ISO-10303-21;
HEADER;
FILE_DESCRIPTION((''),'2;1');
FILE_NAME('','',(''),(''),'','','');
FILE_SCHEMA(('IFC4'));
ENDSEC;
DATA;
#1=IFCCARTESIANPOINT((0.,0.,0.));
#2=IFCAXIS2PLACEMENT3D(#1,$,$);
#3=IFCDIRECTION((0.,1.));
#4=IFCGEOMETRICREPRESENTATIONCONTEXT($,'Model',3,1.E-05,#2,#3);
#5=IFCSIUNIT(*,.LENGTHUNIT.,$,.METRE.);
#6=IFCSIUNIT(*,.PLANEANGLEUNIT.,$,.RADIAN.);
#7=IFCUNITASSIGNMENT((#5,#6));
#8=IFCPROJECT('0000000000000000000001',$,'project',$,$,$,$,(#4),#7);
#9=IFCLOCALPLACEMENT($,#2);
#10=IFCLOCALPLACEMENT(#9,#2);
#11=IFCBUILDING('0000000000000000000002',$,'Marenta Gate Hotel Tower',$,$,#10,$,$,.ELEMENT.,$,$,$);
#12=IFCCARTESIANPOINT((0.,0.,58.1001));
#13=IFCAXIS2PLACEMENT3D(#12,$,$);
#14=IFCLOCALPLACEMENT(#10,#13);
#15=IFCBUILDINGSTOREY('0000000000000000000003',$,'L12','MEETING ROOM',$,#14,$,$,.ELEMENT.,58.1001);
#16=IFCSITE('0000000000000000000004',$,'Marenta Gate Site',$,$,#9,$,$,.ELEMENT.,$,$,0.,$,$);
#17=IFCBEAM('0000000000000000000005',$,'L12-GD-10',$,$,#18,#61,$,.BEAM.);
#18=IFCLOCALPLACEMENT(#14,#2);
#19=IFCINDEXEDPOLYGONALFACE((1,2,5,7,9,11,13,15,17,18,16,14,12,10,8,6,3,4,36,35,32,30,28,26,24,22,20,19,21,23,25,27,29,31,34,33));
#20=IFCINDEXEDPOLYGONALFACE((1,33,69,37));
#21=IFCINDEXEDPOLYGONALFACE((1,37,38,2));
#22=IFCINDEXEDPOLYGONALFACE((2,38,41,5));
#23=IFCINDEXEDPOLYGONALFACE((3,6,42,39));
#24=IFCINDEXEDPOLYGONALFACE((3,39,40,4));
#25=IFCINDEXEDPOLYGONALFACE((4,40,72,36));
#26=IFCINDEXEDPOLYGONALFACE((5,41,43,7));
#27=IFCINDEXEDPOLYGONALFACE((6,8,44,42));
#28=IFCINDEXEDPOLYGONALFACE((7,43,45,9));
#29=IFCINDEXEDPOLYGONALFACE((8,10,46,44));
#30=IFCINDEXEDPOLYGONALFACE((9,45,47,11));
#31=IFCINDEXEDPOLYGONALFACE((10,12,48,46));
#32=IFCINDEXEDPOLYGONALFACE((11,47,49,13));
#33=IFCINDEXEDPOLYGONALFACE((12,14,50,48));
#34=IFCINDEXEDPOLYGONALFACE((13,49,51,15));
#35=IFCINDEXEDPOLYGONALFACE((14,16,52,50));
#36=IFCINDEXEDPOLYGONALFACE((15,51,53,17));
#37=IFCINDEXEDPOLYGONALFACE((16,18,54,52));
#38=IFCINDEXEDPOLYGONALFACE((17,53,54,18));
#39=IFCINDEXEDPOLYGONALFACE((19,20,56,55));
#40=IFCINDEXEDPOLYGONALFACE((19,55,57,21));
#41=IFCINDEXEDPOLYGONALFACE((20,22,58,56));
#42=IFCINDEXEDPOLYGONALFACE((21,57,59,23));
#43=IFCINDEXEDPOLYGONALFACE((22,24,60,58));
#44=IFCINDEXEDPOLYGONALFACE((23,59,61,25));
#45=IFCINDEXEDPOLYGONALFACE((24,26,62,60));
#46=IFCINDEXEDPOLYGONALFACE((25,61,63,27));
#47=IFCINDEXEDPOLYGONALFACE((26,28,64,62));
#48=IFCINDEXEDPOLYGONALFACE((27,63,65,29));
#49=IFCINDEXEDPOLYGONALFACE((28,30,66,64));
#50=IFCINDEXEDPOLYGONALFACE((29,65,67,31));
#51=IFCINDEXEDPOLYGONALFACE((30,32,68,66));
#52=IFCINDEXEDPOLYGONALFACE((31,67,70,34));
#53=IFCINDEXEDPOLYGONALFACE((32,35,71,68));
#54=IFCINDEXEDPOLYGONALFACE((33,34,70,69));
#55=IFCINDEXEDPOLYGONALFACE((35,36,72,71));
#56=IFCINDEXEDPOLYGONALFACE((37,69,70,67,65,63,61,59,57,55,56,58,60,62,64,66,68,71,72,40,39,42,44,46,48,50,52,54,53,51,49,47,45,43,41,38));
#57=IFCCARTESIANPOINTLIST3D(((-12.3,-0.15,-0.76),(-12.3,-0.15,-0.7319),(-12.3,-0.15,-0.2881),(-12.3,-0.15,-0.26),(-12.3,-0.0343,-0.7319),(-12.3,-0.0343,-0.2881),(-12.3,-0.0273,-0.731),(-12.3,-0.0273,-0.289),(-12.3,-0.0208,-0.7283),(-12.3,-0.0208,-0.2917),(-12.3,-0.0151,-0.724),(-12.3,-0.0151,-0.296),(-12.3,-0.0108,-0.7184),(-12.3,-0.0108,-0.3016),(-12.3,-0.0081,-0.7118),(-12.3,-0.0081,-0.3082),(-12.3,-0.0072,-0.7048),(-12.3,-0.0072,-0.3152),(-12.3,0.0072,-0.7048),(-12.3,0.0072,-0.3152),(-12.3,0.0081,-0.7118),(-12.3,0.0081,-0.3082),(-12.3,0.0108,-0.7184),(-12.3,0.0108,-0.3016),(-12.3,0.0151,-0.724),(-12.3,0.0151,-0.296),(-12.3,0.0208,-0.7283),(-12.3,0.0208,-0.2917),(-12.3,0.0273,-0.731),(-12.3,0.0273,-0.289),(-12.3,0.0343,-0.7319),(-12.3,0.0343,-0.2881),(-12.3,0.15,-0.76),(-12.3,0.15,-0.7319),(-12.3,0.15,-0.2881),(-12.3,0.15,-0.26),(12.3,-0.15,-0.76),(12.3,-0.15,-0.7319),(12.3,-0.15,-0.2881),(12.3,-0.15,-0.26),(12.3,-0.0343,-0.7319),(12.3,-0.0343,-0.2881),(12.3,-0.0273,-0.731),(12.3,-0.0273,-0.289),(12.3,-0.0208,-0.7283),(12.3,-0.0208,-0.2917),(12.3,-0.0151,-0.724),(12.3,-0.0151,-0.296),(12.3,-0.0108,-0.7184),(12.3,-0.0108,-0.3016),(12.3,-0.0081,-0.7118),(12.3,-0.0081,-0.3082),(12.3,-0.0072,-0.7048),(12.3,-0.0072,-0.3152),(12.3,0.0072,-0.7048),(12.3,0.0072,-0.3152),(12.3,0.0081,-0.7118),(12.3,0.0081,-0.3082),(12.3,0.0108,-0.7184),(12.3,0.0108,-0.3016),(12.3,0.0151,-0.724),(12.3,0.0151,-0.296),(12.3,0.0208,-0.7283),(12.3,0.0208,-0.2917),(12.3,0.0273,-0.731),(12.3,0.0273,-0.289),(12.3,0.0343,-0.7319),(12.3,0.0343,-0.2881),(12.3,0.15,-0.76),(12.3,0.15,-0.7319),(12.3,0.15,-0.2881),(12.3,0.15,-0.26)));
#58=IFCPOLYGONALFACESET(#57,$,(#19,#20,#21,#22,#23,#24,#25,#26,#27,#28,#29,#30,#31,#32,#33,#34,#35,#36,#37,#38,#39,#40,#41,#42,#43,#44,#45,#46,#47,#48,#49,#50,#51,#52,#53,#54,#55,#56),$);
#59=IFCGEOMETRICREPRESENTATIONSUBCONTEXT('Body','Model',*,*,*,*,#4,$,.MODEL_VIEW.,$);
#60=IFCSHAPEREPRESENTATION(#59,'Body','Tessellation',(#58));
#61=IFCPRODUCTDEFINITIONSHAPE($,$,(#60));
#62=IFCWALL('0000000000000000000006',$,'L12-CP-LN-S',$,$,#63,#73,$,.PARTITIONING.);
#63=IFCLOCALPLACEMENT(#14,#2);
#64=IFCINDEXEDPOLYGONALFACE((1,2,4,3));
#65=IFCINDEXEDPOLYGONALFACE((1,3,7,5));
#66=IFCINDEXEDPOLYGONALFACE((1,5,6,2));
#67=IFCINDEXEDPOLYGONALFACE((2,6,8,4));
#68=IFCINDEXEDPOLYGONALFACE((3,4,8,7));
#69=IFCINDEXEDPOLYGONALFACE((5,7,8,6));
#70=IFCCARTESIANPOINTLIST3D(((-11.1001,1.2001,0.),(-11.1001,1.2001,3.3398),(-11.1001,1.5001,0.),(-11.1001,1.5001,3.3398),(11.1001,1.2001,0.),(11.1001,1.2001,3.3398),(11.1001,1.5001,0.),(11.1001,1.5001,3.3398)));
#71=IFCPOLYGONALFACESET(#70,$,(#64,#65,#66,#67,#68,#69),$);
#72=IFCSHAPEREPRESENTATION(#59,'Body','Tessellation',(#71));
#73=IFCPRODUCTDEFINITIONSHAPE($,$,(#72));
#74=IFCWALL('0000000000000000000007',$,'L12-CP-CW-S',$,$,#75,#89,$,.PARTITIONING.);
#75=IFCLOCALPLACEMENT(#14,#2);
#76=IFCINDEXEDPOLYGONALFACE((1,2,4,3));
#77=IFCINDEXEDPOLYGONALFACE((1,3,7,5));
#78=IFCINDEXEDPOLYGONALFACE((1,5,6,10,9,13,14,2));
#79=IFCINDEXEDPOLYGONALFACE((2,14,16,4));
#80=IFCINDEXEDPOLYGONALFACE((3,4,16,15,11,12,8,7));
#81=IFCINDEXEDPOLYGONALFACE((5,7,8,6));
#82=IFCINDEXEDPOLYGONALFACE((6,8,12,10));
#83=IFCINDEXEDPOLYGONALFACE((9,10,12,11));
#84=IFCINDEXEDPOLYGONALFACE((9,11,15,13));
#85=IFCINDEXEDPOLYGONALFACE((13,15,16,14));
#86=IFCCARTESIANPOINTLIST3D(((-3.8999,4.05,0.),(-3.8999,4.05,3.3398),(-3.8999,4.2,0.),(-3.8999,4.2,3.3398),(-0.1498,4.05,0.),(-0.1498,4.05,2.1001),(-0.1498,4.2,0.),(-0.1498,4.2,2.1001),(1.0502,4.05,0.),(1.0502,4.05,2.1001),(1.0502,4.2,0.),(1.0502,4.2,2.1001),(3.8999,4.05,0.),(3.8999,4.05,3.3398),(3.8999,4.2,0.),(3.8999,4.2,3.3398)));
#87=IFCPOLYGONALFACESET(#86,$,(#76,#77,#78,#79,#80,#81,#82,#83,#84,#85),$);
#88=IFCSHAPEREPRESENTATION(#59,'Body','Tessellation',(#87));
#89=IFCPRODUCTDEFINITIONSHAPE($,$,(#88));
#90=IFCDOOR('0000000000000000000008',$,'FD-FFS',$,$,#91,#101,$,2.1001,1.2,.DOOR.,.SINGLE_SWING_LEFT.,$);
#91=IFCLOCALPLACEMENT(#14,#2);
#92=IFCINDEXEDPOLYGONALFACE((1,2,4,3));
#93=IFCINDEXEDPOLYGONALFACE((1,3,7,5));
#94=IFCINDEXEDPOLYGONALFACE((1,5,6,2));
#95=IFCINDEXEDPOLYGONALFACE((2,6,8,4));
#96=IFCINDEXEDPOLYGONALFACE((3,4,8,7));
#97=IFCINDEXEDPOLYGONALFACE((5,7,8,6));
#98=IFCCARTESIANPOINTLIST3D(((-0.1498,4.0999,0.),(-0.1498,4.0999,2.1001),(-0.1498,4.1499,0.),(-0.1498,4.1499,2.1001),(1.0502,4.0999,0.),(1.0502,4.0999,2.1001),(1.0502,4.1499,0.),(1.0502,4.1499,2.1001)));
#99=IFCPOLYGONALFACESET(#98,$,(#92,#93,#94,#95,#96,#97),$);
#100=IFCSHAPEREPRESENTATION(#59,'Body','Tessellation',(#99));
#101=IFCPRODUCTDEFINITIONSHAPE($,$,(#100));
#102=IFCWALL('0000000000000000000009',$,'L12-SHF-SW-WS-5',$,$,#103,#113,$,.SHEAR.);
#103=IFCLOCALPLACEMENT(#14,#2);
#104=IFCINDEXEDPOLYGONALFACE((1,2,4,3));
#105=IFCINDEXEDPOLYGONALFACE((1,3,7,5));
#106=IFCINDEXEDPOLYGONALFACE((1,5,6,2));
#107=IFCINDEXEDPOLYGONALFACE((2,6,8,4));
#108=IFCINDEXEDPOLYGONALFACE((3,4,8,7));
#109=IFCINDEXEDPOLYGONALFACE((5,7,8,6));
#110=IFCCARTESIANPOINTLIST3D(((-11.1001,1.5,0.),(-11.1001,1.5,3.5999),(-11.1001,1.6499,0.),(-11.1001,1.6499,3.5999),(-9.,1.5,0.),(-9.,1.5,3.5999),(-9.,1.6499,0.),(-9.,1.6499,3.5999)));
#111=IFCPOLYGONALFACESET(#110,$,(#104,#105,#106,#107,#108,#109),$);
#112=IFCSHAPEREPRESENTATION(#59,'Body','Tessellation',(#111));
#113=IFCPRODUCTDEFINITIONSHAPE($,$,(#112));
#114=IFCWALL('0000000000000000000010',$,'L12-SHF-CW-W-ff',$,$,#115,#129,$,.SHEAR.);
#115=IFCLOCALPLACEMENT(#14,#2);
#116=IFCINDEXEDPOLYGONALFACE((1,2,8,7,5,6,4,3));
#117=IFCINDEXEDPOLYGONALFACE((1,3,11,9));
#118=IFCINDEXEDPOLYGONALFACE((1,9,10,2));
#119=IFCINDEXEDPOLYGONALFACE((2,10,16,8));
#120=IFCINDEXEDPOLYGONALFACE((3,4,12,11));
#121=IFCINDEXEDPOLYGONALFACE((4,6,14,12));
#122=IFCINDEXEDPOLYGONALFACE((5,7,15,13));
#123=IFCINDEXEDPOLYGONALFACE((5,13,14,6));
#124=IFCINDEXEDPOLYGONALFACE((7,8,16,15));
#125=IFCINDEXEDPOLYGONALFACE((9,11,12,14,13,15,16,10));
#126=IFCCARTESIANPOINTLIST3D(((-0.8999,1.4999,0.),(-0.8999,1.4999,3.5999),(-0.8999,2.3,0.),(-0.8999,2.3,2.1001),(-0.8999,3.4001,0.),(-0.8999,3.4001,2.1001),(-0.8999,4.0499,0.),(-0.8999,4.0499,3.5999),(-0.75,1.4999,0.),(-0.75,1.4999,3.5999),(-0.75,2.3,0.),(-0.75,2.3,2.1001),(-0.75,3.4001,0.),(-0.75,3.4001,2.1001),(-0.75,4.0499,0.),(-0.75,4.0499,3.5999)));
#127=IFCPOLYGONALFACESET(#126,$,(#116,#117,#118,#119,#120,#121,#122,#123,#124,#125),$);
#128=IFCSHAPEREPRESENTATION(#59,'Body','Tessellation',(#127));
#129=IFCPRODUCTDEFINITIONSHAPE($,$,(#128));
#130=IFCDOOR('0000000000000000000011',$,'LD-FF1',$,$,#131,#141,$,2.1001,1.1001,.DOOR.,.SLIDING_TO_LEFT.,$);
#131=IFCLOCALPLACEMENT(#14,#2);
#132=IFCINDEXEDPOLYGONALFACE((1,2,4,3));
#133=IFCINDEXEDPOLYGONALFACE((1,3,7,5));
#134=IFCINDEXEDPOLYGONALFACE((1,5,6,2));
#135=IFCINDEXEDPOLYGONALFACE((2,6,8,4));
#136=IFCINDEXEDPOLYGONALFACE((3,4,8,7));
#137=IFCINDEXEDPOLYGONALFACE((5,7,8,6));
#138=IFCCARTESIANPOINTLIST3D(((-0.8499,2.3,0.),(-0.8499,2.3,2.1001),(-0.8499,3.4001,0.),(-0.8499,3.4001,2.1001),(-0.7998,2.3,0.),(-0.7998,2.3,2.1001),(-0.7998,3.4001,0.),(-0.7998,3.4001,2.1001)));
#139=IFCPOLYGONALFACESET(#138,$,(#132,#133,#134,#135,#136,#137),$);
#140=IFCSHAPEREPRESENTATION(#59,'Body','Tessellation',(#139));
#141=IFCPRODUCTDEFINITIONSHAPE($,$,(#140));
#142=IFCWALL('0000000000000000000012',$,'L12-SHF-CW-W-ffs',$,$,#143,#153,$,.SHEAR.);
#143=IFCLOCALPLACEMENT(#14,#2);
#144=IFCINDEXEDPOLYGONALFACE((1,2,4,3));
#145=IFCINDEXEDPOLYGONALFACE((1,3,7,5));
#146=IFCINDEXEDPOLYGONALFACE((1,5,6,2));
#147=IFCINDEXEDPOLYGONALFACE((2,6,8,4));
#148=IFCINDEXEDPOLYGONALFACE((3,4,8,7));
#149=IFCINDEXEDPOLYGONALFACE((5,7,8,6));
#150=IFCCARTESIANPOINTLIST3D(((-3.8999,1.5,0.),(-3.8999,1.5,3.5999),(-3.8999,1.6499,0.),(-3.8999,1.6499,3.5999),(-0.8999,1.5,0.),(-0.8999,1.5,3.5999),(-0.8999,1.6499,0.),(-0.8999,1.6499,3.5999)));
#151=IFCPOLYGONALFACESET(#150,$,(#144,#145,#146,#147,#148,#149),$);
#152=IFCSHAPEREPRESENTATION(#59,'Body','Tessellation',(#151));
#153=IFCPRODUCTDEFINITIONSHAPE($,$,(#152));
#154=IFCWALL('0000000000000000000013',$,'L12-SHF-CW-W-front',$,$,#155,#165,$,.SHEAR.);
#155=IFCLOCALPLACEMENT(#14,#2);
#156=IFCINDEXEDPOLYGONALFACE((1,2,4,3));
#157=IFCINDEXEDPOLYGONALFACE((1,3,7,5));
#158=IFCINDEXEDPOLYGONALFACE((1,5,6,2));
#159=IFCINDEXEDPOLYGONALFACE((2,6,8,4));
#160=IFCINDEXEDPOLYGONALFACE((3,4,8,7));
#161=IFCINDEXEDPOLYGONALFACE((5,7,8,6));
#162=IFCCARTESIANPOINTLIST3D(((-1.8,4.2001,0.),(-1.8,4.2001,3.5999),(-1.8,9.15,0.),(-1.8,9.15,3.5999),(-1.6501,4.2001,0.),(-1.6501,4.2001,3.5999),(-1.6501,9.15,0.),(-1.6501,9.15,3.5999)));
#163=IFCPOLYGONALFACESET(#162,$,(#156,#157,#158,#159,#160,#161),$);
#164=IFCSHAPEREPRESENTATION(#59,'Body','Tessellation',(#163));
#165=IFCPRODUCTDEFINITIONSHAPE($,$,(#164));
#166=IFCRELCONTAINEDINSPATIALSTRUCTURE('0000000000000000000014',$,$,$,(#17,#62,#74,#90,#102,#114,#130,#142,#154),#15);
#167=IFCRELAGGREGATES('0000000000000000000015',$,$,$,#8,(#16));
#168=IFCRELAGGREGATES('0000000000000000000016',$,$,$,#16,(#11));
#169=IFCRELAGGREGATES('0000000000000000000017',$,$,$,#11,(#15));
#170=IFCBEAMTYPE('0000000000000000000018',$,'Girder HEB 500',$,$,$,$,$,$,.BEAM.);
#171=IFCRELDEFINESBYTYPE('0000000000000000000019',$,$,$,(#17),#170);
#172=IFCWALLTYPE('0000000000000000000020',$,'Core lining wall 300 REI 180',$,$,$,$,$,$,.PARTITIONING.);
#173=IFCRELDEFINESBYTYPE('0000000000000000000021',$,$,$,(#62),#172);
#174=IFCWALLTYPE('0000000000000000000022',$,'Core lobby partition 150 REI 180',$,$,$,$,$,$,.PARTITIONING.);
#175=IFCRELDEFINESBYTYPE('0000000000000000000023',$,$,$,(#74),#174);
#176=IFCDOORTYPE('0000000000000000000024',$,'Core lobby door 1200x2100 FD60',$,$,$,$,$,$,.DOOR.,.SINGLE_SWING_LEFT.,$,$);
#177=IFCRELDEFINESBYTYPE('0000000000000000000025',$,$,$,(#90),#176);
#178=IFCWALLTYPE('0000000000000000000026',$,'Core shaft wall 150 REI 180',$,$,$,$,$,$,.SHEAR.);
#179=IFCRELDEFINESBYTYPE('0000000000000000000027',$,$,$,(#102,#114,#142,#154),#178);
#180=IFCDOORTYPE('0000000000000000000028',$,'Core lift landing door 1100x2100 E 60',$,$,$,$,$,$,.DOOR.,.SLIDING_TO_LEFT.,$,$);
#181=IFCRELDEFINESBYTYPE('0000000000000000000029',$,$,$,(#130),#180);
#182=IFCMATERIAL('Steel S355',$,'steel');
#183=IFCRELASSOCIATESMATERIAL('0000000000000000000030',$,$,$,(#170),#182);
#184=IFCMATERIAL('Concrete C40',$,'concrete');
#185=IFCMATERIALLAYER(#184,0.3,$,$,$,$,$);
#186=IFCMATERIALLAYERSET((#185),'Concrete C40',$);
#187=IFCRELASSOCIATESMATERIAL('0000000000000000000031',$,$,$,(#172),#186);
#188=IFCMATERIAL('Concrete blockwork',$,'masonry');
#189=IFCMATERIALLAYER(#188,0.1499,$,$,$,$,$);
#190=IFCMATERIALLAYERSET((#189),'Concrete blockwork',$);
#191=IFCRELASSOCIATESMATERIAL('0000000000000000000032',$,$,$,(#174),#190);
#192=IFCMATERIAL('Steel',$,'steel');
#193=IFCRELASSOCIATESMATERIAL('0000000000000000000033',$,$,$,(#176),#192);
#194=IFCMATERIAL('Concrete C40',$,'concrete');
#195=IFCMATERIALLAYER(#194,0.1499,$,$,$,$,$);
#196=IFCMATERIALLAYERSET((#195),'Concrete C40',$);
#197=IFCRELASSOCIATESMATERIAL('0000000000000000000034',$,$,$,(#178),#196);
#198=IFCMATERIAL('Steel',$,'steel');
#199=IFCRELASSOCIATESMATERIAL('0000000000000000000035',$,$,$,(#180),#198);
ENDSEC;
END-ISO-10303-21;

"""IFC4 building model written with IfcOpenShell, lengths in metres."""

from ifc_helpers import new_model, si_unit, direction, frame, frame_2d, origin, origin_2d, place, context, subcontext, project, spatial, rectangle, i_section, extrude, material, layer, layer_set, material_profile, profile_set, type_object, element, fill, save


model = new_model("IFC4")

# Units and contexts
model_context = context("Model", 3, precision=1e-05, world=origin(), true_north=direction((0.0, 1.0)))
body_context = subcontext(model_context, "Body", "Model", "MODEL_VIEW")
ifc_project = project(units=[si_unit("LENGTHUNIT", "METRE"), si_unit("PLANEANGLEUNIT", "RADIAN")], contexts=[model_context])

# Site, building, storey
site_placement = place(None, origin())
site = spatial("IfcSite", under=ifc_project, at=site_placement, Name="Marenta Gate Site", CompositionType="ELEMENT", RefElevation=0.0)
building_placement = place(site_placement, origin())
building = spatial("IfcBuilding", under=site, at=building_placement, Name="Marenta Gate Hotel Tower", CompositionType="ELEMENT")
storey_placement = place(building_placement, frame((0.0, 0.0, 58.1001)))
storey = spatial("IfcBuildingStorey", under=building, at=storey_placement, Name="L12", Description="MEETING ROOM", CompositionType="ELEMENT", Elevation=58.1001)

# Beam
ifc_material_1 = material(Name="Steel S355", Category="steel")
ifc_material_profile = material_profile(ifc_material_1, i_section(OverallWidth=0.3, OverallDepth=0.5, WebThickness=0.0144, FlangeThickness=0.0281, FilletRadius=0.0271, at=origin_2d()), Name="HEB 500")
ifc_profile_set = profile_set([ifc_material_profile], Name="Steel S355")
beam_type = type_object("IfcBeamType", Name="Girder HEB 500", PredefinedType="BEAM", material=ifc_profile_set)
beam_placement = place(storey_placement, frame((-12.3, 0.0, -0.51), z_axis=(1.0, 0.0, 0.0), x_axis=(0.0, 1.0, 0.0)))
element("IfcBeam", 1, at=beam_placement, inside=storey, type_object=beam_type, Name="L12-GD-10", PredefinedType="BEAM", context=body_context, shape_type="SweptSolid", body=[
    extrude(i_section(OverallWidth=0.3, OverallDepth=0.5, WebThickness=0.0144, FlangeThickness=0.0281, FilletRadius=0.0271, at=origin_2d()), origin(), (0.0, 0.0, 1.0), 24.6001),
])

# Wall
ifc_material_2 = material(Name="Concrete C40", Category="concrete")
ifc_layer_1 = layer(ifc_material_2, 0.3)
ifc_layer_set_1 = layer_set([ifc_layer_1], Name="Concrete C40")
wall_type_1 = type_object("IfcWallType", Name="Core lining wall 300 REI 180", PredefinedType="PARTITIONING", material=ifc_layer_set_1)
wall_1_placement = place(storey_placement, frame((-11.1001, 1.3501, 0.0), z_axis=(0.0, 0.0, 1.0), x_axis=(1.0, 0.0, 0.0)))
element("IfcWall", 2, at=wall_1_placement, inside=storey, type_object=wall_type_1, Name="L12-CP-LN-S", PredefinedType="PARTITIONING", context=body_context, shape_type="SweptSolid", body=[
    extrude(rectangle(XDim=22.2002, YDim=0.3, at=frame_2d((11.1001, 0.0))), origin(), (0.0, 0.0, 1.0), 3.3398),
])

# Wall, opening, door
ifc_material_3 = material(Name="Concrete blockwork", Category="masonry")
ifc_layer_2 = layer(ifc_material_3, 0.1499)
ifc_layer_set_2 = layer_set([ifc_layer_2], Name="Concrete blockwork")
wall_type_2 = type_object("IfcWallType", Name="Core lobby partition 150 REI 180", PredefinedType="PARTITIONING", material=ifc_layer_set_2)
wall_2_placement = place(storey_placement, frame((-3.8999, 4.125, 0.0), z_axis=(0.0, 0.0, 1.0), x_axis=(1.0, 0.0, 0.0)))
wall_2 = element("IfcWall", 3, at=wall_2_placement, inside=storey, type_object=wall_type_2, Name="L12-CP-CW-S", PredefinedType="PARTITIONING", context=body_context, shape_type="SweptSolid", body=[
    extrude(rectangle(XDim=7.7998, YDim=0.1499, at=frame_2d((3.8999, 0.0))), origin(), (0.0, 0.0, 1.0), 3.3398),
])
opening_1_placement = place(wall_2_placement, frame((3.75, 0.0, 0.0)))
opening_1 = element("IfcOpeningElement", 4, at=opening_1_placement, cuts=wall_2, PredefinedType="OPENING", context=body_context, shape_type="SweptSolid", body=[
    extrude(rectangle(XDim=1.2, YDim=2.1001, at=frame_2d((0.6001, 1.05))), frame((0.0, 0.075, 0.0), z_axis=(0.0, -1.0, 0.0), x_axis=(1.0, 0.0, 0.0)), (0.0, 0.0, 1.0), 0.1499),
])
ifc_material_4 = material(Name="Steel", Category="steel")
door_type_1 = type_object("IfcDoorType", Name="Core lobby door 1200x2100 FD60", OperationType="SINGLE_SWING_LEFT", PredefinedType="DOOR", material=ifc_material_4)
door_1_placement = place(opening_1_placement, origin())
door_1 = element("IfcDoor", 5, at=door_1_placement, inside=storey, type_object=door_type_1, Name="FD-FFS", OperationType="SINGLE_SWING_LEFT", OverallHeight=2.1001, OverallWidth=1.2, PredefinedType="DOOR", context=body_context, shape_type="SweptSolid", body=[
    extrude(rectangle(XDim=1.2, YDim=2.1001, at=frame_2d((0.6001, 1.05))), frame((0.0, 0.0249, 0.0), z_axis=(0.0, -1.0, 0.0), x_axis=(1.0, 0.0, 0.0)), (0.0, 0.0, 1.0), 0.05),
])
fill(opening_1, door_1)

# Wall
ifc_material_5 = material(Name="Concrete C40", Category="concrete")
ifc_layer_3 = layer(ifc_material_5, 0.1499)
ifc_layer_set_3 = layer_set([ifc_layer_3], Name="Concrete C40")
wall_type_3 = type_object("IfcWallType", Name="Core shaft wall 150 REI 180", PredefinedType="SHEAR", material=ifc_layer_set_3)
wall_3_placement = place(storey_placement, frame((-11.1001, 1.575, 0.0), z_axis=(0.0, 0.0, 1.0), x_axis=(1.0, 0.0, 0.0)))
element("IfcWall", 6, at=wall_3_placement, inside=storey, type_object=wall_type_3, Name="L12-SHF-SW-WS-5", PredefinedType="SHEAR", context=body_context, shape_type="SweptSolid", body=[
    extrude(rectangle(XDim=2.1001, YDim=0.1499, at=frame_2d((1.05, 0.0))), origin(), (0.0, 0.0, 1.0), 3.5999),
])

# Wall, opening, door
wall_4_placement = place(storey_placement, frame((-0.825, 1.5, 0.0), z_axis=(0.0, 0.0, 1.0), x_axis=(0.0, 1.0, 0.0)))
wall_4 = element("IfcWall", 7, at=wall_4_placement, inside=storey, type_object=wall_type_3, Name="L12-SHF-CW-W-ff", PredefinedType="SHEAR", context=body_context, shape_type="SweptSolid", body=[
    extrude(rectangle(XDim=2.55, YDim=0.1499, at=frame_2d((1.2749, 0.0))), origin(), (0.0, 0.0, 1.0), 3.5999),
])
opening_2_placement = place(wall_4_placement, frame((0.8, 0.0, 0.0)))
opening_2 = element("IfcOpeningElement", 8, at=opening_2_placement, cuts=wall_4, PredefinedType="OPENING", context=body_context, shape_type="SweptSolid", body=[
    extrude(rectangle(XDim=1.1001, YDim=2.1001, at=frame_2d((0.55, 1.05))), frame((0.0, 0.075, 0.0), z_axis=(0.0, -1.0, 0.0), x_axis=(1.0, 0.0, 0.0)), (0.0, 0.0, 1.0), 0.1499),
])
ifc_material_6 = material(Name="Steel", Category="steel")
door_type_2 = type_object("IfcDoorType", Name="Core lift landing door 1100x2100 E 60", OperationType="SLIDING_TO_LEFT", PredefinedType="DOOR", material=ifc_material_6)
door_2_placement = place(opening_2_placement, origin())
door_2 = element("IfcDoor", 9, at=door_2_placement, inside=storey, type_object=door_type_2, Name="LD-FF1", OperationType="SLIDING_TO_LEFT", OverallHeight=2.1001, OverallWidth=1.1001, PredefinedType="DOOR", context=body_context, shape_type="SweptSolid", body=[
    extrude(rectangle(XDim=1.1001, YDim=2.1001, at=frame_2d((0.55, 1.05))), frame((0.0, 0.0249, 0.0), z_axis=(0.0, -1.0, 0.0), x_axis=(1.0, 0.0, 0.0)), (0.0, 0.0, 1.0), 0.05),
])
fill(opening_2, door_2)

# Walls
wall_5_placement = place(storey_placement, frame((-3.8999, 1.575, 0.0), z_axis=(0.0, 0.0, 1.0), x_axis=(1.0, 0.0, 0.0)))
element("IfcWall", 10, at=wall_5_placement, inside=storey, type_object=wall_type_3, Name="L12-SHF-CW-W-ffs", PredefinedType="SHEAR", context=body_context, shape_type="SweptSolid", body=[
    extrude(rectangle(XDim=3.0, YDim=0.1499, at=frame_2d((1.5, 0.0))), origin(), (0.0, 0.0, 1.0), 3.5999),
])
wall_6_placement = place(storey_placement, frame((-1.7251, 4.2, 0.0), z_axis=(0.0, 0.0, 1.0), x_axis=(0.0, 1.0, 0.0)))
element("IfcWall", 11, at=wall_6_placement, inside=storey, type_object=wall_type_3, Name="L12-SHF-CW-W-front", PredefinedType="SHEAR", context=body_context, shape_type="SweptSolid", body=[
    extrude(rectangle(XDim=4.95, YDim=0.1499, at=frame_2d((2.4751, 0.0))), origin(), (0.0, 0.0, 1.0), 3.5999),
])

save(model, "model.ifc")
